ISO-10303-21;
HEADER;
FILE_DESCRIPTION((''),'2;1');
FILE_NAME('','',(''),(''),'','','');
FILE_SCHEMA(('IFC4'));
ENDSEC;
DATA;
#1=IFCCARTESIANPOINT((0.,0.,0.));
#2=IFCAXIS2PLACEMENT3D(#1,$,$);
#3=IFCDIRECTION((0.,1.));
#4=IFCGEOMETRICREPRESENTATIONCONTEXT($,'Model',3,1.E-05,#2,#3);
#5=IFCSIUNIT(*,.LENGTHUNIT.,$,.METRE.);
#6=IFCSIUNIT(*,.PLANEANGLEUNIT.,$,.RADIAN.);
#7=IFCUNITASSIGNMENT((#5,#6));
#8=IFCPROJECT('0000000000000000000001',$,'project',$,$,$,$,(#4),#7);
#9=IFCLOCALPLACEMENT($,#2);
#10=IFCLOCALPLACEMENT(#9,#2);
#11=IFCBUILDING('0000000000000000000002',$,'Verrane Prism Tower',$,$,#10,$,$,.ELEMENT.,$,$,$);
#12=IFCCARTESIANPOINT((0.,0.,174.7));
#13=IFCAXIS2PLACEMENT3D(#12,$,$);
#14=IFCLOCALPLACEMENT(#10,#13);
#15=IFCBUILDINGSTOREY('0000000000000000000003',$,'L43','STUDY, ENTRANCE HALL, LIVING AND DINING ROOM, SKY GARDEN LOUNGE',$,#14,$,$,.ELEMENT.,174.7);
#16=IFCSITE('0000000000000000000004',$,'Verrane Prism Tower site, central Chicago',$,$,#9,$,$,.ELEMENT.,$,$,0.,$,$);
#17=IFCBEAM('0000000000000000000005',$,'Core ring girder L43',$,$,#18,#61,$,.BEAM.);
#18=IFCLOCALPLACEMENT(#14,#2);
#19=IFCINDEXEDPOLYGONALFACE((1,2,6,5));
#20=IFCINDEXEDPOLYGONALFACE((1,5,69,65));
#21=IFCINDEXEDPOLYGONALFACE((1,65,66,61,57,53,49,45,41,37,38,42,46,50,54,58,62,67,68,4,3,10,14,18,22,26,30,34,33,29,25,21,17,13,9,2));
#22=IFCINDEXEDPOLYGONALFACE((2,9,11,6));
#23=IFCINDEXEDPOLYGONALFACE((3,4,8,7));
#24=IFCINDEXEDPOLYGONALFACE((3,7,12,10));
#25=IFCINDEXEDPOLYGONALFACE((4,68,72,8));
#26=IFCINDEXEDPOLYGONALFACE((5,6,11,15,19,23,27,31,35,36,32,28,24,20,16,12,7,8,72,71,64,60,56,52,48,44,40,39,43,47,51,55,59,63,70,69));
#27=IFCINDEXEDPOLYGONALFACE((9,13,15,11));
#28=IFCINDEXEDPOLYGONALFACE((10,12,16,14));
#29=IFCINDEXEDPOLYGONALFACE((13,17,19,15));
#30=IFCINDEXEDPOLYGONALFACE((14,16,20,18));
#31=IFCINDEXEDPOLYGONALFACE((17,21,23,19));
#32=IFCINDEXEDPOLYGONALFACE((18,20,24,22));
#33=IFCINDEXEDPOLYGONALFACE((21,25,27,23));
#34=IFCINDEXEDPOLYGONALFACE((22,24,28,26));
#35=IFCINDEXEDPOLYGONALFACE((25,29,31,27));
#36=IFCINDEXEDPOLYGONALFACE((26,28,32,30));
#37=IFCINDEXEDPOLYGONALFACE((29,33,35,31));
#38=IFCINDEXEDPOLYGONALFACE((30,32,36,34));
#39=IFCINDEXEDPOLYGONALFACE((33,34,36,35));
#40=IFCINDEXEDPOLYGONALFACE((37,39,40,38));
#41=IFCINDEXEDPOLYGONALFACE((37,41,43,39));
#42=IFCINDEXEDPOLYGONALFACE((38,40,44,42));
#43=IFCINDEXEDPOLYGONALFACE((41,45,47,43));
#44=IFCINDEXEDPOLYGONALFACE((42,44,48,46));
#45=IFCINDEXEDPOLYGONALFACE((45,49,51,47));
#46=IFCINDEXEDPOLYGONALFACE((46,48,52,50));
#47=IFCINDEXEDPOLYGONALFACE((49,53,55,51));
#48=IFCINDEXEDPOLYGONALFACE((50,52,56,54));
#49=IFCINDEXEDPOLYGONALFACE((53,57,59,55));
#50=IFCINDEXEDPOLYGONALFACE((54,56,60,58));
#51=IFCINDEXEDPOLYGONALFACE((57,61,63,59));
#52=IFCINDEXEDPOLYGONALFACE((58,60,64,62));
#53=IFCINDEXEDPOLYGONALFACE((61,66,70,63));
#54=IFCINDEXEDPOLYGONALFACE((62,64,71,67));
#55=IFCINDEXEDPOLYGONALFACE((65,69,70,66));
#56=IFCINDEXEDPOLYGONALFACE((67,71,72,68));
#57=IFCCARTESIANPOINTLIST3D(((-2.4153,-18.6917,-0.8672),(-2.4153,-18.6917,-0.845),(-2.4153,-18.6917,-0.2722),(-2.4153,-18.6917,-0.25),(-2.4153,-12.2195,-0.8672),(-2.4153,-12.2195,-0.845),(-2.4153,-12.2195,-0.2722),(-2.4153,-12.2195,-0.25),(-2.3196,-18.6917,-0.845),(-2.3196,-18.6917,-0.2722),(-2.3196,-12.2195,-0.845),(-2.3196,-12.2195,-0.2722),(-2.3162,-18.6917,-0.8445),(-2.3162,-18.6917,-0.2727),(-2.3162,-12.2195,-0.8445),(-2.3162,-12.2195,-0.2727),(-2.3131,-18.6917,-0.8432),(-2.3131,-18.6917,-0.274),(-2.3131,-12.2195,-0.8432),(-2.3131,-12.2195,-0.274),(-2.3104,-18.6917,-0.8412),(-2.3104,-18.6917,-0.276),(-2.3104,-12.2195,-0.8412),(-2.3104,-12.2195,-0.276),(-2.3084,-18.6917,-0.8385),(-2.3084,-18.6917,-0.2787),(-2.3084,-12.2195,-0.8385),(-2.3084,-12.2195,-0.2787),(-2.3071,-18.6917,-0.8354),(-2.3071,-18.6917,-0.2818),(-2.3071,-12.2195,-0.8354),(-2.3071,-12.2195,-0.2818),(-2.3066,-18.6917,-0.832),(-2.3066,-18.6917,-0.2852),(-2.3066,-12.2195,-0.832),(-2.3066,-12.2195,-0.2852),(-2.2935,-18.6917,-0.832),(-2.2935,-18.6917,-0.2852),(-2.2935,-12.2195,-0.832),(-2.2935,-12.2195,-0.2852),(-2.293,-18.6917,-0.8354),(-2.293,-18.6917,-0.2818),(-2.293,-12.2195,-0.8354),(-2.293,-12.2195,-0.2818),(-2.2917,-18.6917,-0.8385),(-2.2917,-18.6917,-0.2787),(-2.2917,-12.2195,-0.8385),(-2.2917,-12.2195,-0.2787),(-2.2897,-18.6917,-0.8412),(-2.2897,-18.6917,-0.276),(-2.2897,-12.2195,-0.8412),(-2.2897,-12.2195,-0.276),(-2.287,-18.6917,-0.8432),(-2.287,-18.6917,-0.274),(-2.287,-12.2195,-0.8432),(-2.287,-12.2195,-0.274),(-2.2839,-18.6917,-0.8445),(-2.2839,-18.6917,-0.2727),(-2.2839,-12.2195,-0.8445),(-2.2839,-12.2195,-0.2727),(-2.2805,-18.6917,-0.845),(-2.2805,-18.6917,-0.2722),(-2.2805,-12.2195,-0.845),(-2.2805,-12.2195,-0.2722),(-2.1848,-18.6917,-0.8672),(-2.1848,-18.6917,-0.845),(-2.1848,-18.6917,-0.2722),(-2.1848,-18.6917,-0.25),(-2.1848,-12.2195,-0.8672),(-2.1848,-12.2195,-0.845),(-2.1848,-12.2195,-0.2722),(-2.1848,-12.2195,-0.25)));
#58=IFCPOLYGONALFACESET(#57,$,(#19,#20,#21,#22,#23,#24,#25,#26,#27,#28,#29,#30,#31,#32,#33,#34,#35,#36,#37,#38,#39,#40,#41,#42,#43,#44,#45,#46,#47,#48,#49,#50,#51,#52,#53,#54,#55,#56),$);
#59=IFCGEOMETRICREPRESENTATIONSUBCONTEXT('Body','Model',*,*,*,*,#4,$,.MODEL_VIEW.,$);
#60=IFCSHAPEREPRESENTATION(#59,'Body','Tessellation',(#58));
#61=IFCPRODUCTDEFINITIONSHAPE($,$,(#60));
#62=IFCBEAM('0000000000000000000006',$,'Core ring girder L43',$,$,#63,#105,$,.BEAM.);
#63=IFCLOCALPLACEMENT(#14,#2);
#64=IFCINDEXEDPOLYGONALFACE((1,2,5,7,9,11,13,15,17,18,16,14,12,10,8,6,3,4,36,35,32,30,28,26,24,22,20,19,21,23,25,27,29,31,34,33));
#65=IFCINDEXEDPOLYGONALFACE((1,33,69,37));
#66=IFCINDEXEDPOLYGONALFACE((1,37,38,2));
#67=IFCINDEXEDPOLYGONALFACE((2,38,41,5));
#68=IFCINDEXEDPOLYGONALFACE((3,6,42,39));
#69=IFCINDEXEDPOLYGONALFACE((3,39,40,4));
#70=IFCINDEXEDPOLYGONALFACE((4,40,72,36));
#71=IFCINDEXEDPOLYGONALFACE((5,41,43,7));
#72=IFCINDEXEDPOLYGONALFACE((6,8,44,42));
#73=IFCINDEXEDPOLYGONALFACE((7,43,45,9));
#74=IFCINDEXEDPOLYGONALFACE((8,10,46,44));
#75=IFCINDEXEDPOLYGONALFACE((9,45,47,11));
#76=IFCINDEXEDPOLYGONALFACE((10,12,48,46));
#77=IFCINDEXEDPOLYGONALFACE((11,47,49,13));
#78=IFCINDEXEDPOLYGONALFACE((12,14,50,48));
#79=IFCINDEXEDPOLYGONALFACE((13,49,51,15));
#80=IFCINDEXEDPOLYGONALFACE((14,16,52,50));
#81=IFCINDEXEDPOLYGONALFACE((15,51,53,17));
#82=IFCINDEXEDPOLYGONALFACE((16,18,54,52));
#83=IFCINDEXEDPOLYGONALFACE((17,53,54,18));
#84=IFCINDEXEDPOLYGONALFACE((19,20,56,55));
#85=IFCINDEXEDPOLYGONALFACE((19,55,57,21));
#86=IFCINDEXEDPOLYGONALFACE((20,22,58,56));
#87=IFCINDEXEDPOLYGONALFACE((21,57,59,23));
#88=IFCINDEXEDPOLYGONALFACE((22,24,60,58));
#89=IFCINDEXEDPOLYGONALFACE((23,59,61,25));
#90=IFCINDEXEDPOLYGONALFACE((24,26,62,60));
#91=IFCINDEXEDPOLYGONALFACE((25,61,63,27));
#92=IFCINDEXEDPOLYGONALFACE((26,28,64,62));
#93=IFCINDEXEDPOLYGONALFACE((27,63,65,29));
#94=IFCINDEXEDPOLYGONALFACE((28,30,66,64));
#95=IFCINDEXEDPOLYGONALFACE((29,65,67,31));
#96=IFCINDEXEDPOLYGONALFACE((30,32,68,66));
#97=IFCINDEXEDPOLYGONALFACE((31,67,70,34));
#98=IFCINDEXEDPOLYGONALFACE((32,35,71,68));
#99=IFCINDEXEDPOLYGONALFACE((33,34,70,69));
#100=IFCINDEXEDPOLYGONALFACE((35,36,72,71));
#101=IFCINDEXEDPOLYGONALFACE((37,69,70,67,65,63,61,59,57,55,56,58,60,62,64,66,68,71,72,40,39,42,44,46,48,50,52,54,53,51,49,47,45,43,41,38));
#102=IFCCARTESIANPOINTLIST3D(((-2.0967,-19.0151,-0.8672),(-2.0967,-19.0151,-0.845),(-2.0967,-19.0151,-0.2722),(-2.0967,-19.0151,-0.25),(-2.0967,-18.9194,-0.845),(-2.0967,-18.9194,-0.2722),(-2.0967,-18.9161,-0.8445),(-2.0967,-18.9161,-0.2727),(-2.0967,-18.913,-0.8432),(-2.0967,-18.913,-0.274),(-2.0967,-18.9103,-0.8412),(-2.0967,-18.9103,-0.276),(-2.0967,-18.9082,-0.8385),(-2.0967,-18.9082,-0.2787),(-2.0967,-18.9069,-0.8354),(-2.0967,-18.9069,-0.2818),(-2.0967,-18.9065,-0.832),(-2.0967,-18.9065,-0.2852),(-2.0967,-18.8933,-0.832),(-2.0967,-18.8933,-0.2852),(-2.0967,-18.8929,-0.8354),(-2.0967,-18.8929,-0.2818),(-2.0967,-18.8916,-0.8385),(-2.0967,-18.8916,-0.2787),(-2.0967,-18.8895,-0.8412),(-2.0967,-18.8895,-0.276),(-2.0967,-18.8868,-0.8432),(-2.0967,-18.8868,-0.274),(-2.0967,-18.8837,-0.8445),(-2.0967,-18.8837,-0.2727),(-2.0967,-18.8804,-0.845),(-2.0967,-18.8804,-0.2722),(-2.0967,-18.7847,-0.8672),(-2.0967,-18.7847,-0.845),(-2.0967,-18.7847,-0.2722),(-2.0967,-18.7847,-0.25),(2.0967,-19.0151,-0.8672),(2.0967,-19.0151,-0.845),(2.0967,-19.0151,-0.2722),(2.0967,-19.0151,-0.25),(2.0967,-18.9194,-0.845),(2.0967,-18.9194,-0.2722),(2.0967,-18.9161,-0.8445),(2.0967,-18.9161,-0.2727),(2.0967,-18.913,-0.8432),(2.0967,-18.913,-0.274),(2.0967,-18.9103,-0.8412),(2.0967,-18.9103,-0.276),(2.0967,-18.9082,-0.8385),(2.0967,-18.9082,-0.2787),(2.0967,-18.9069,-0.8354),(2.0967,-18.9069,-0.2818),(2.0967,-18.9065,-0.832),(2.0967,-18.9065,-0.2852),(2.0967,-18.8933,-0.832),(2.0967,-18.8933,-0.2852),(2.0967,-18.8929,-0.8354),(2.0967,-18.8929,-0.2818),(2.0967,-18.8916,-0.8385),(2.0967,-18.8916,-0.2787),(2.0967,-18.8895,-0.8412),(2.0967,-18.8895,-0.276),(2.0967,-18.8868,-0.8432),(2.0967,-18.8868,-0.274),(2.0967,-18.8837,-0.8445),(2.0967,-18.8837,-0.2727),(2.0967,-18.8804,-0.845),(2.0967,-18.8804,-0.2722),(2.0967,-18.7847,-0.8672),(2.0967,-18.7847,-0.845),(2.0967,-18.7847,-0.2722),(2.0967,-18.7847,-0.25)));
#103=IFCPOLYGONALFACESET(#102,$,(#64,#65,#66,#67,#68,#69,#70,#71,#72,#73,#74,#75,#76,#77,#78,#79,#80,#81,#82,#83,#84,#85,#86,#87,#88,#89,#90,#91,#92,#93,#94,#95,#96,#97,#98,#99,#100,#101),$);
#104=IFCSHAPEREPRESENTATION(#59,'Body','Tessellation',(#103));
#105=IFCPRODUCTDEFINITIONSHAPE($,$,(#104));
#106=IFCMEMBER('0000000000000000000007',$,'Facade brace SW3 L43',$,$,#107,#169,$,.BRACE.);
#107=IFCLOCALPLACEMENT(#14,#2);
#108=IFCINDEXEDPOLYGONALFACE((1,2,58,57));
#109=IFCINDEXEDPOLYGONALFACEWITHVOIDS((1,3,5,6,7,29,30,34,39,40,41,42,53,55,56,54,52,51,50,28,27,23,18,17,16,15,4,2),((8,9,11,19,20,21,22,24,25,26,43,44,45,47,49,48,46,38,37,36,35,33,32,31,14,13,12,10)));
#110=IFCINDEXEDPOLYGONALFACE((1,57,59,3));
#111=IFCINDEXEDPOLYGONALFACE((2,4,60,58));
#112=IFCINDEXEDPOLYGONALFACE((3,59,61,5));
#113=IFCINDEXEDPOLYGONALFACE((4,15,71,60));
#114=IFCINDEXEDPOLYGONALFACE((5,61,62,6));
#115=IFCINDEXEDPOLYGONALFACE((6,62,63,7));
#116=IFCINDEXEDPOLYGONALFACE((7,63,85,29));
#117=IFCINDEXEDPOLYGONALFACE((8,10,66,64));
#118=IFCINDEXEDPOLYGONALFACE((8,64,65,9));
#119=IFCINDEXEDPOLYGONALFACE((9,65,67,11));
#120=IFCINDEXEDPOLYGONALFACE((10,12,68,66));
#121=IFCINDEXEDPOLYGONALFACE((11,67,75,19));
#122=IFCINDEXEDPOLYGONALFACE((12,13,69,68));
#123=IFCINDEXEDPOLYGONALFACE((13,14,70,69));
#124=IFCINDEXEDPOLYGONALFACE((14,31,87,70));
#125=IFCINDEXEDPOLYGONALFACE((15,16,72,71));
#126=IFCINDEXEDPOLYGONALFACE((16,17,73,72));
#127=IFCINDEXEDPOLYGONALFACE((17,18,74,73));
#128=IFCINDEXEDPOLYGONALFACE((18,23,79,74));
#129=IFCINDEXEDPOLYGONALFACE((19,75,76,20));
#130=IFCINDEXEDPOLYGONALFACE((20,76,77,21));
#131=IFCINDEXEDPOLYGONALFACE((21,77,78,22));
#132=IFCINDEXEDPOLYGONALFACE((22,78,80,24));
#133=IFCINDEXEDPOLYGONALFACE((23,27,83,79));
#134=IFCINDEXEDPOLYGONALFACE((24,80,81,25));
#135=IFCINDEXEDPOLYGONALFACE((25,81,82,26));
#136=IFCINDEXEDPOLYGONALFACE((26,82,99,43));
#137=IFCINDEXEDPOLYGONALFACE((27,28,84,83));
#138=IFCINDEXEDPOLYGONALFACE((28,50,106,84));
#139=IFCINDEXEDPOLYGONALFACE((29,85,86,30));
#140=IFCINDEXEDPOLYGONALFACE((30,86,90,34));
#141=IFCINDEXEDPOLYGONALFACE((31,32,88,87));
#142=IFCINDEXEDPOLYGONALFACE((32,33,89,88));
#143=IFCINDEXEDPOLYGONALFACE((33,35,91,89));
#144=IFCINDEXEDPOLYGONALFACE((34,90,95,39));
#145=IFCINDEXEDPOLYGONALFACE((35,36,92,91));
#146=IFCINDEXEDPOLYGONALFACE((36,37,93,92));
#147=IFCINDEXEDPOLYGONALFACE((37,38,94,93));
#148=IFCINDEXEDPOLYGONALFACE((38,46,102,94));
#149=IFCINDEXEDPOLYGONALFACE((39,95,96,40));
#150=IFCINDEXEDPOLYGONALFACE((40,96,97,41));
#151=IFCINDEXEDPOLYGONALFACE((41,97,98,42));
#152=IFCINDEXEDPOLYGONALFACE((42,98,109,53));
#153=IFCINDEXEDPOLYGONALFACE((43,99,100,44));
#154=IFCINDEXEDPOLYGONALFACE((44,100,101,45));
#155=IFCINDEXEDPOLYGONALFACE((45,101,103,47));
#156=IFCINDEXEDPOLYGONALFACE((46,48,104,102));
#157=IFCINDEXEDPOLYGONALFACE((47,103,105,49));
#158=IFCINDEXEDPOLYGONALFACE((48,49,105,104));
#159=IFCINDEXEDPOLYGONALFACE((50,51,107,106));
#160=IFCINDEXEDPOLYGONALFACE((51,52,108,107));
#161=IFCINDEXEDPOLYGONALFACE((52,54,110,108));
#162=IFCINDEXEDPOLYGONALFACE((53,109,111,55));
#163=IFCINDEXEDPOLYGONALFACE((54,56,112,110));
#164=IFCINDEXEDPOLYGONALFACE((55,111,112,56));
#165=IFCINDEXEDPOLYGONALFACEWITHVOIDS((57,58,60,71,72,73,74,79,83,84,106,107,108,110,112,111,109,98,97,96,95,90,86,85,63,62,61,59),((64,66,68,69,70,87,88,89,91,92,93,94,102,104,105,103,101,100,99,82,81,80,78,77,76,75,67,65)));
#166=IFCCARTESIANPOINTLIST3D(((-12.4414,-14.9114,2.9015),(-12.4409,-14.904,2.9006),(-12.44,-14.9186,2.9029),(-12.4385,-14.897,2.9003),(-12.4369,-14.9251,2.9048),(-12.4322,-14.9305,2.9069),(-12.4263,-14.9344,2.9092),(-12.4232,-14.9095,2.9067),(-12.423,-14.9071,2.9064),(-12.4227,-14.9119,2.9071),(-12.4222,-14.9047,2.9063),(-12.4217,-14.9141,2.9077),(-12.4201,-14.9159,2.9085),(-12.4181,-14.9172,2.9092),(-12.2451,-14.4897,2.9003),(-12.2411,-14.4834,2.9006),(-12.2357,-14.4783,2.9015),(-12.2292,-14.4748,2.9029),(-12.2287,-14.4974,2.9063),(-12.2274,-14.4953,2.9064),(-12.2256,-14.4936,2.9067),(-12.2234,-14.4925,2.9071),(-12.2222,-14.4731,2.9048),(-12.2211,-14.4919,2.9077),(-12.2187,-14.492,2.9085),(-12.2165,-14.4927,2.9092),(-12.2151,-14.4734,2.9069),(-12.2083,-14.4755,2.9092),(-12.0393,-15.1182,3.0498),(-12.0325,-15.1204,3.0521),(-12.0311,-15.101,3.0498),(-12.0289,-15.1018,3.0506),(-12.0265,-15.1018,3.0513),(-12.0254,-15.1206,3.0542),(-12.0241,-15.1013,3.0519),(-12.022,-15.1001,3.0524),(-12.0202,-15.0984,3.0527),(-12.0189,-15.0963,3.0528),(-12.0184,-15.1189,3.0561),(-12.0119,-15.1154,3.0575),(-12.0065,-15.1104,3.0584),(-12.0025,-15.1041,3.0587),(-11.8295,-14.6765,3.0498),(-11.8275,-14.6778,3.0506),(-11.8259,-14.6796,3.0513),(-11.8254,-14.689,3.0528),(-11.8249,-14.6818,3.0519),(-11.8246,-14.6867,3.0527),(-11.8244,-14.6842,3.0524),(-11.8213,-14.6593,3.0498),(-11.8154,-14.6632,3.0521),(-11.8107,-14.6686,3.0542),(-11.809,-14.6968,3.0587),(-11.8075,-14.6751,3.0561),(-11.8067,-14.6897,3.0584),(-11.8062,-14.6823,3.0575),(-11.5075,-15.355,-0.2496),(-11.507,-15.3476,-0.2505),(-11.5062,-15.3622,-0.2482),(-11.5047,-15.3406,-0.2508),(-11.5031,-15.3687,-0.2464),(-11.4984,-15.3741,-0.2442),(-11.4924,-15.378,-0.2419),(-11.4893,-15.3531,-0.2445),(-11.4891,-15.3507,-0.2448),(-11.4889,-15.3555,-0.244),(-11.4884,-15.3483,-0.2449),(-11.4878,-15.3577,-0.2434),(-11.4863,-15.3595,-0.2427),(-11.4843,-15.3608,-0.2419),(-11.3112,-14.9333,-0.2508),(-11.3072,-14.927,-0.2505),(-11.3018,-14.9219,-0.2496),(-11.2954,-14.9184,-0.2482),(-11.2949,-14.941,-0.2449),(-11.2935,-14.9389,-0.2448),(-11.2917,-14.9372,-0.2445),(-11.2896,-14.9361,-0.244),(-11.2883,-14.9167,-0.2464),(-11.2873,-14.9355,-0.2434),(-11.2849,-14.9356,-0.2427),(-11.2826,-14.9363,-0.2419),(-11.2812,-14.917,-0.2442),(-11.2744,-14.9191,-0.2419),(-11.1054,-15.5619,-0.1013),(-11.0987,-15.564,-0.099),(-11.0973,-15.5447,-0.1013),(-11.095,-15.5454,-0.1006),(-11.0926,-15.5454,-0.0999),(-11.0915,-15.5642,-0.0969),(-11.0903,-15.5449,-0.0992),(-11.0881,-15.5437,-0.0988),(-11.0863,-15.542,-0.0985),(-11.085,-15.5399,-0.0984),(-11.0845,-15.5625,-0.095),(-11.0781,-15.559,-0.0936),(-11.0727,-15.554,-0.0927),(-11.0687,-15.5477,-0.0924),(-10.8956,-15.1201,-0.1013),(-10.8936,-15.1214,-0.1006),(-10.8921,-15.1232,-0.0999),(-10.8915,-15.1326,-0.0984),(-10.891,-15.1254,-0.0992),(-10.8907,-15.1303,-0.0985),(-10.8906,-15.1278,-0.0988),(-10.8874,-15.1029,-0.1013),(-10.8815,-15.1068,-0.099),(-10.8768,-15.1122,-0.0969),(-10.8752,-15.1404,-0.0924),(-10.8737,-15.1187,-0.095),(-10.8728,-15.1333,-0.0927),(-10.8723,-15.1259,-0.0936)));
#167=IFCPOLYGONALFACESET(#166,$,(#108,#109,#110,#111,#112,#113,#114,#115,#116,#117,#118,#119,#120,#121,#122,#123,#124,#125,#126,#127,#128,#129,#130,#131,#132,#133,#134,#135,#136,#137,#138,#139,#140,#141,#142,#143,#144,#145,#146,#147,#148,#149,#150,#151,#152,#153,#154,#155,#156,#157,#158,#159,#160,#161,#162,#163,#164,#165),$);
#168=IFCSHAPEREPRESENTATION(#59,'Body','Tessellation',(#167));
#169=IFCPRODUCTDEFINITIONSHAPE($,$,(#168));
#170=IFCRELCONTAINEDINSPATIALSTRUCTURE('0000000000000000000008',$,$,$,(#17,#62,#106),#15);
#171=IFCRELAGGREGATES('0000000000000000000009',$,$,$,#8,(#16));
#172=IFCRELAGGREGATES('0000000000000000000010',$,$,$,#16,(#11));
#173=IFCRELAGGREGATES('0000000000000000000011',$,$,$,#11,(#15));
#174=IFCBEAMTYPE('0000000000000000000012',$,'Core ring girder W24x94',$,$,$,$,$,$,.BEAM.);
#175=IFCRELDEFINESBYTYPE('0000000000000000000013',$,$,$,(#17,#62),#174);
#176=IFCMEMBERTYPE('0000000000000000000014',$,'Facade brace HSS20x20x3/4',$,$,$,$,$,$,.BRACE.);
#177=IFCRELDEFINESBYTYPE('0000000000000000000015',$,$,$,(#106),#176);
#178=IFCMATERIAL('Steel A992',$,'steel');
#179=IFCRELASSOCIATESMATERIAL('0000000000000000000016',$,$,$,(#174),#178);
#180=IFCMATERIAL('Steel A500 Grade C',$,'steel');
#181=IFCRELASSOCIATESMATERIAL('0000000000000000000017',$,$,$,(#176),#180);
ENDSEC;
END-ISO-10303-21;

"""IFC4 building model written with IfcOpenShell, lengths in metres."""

from ifc_helpers import new_model, si_unit, direction, frame, origin, origin_2d, place, context, subcontext, project, spatial, hollow_rectangle, i_section, extrude, material, material_profile, profile_set, type_object, element, save


model = new_model("IFC4")

# Units and contexts
model_context = context("Model", 3, precision=1e-05, world=origin(), true_north=direction((0.0, 1.0)))
body_context = subcontext(model_context, "Body", "Model", "MODEL_VIEW")
ifc_project = project(units=[si_unit("LENGTHUNIT", "METRE"), si_unit("PLANEANGLEUNIT", "RADIAN")], contexts=[model_context])

# Site, building, storey
site_placement = place(None, origin())
site = spatial("IfcSite", under=ifc_project, at=site_placement, Name="Verrane Prism Tower site, central Chicago", CompositionType="ELEMENT", RefElevation=0.0)
building_placement = place(site_placement, origin())
building = spatial("IfcBuilding", under=site, at=building_placement, Name="Verrane Prism Tower", CompositionType="ELEMENT")
storey_placement = place(building_placement, frame((0.0, 0.0, 174.7)))
storey = spatial("IfcBuildingStorey", under=building, at=storey_placement, Name="L43", Description="STUDY, ENTRANCE HALL, LIVING AND DINING ROOM, SKY GARDEN LOUNGE", CompositionType="ELEMENT", Elevation=174.7)

# Beams
ifc_material_1 = material(Name="Steel A992", Category="steel")
ifc_material_profile_1 = material_profile(ifc_material_1, i_section(OverallWidth=0.2305, OverallDepth=0.6172, WebThickness=0.0132, FlangeThickness=0.0222, FilletRadius=0.0129, at=origin_2d()), Name="W24x94")
ifc_profile_set_1 = profile_set([ifc_material_profile_1], Name="Steel A992")
beam_type_1 = type_object("IfcBeamType", Name="Core ring girder W24x94", PredefinedType="BEAM", material=ifc_profile_set_1)
beam_1_placement = place(storey_placement, frame((-2.3, -12.2195, -0.5586), z_axis=(0.0, -1.0, 0.0), x_axis=(1.0, 0.0, 0.0)))
element("IfcBeam", 1, at=beam_1_placement, inside=storey, type_object=beam_type_1, Name="Core ring girder L43", PredefinedType="BEAM", context=body_context, shape_type="SweptSolid", body=[
    extrude(i_section(OverallWidth=0.2305, OverallDepth=0.6172, WebThickness=0.0132, FlangeThickness=0.0222, FilletRadius=0.0129, at=origin_2d()), origin(), (0.0, 0.0, 1.0), 6.4722),
])
beam_2_placement = place(storey_placement, frame((-2.0967, -18.8999, -0.5586), z_axis=(1.0, 0.0, 0.0), x_axis=(0.0, 1.0, 0.0)))
element("IfcBeam", 2, at=beam_2_placement, inside=storey, type_object=beam_type_1, Name="Core ring girder L43", PredefinedType="BEAM", context=body_context, shape_type="SweptSolid", body=[
    extrude(i_section(OverallWidth=0.2305, OverallDepth=0.6172, WebThickness=0.0132, FlangeThickness=0.0222, FilletRadius=0.0129, at=origin_2d()), origin(), (0.0, 0.0, 1.0), 4.1934),
])

# Member
ifc_material_2 = material(Name="Steel A500 Grade C", Category="steel")
ifc_material_profile_2 = material_profile(ifc_material_2, hollow_rectangle(XDim=0.5081, YDim=0.5081, WallThickness=0.019, InnerFilletRadius=0.0095, OuterFilletRadius=0.0286, at=origin_2d()), Name="HSS20x20x3/4")
ifc_profile_set_2 = profile_set([ifc_material_profile_2], Name="Steel A500 Grade C")
member_type_1 = type_object("IfcMemberType", Name="Facade brace HSS20x20x3/4", PredefinedType="BRACE", material=ifc_profile_set_2)
member_1_placement = place(storey_placement, frame((-11.1899, -15.2405, -0.1716), z_axis=(-0.281583, 0.133761, 0.950168), x_axis=(-0.429081, -0.903266, 0.0)))
element("IfcMember", 3, at=member_1_placement, inside=storey, type_object=member_type_1, Name="Facade brace SW3 L43", PredefinedType="BRACE", context=body_context, shape_type="SweptSolid", body=[
    extrude(hollow_rectangle(XDim=0.5081, YDim=0.5081, WallThickness=0.019, InnerFilletRadius=0.0095, OuterFilletRadius=0.0286, at=origin_2d()), origin(), (0.0, 0.0, 1.0), 3.3164),
])

save(model, "model.ifc")
